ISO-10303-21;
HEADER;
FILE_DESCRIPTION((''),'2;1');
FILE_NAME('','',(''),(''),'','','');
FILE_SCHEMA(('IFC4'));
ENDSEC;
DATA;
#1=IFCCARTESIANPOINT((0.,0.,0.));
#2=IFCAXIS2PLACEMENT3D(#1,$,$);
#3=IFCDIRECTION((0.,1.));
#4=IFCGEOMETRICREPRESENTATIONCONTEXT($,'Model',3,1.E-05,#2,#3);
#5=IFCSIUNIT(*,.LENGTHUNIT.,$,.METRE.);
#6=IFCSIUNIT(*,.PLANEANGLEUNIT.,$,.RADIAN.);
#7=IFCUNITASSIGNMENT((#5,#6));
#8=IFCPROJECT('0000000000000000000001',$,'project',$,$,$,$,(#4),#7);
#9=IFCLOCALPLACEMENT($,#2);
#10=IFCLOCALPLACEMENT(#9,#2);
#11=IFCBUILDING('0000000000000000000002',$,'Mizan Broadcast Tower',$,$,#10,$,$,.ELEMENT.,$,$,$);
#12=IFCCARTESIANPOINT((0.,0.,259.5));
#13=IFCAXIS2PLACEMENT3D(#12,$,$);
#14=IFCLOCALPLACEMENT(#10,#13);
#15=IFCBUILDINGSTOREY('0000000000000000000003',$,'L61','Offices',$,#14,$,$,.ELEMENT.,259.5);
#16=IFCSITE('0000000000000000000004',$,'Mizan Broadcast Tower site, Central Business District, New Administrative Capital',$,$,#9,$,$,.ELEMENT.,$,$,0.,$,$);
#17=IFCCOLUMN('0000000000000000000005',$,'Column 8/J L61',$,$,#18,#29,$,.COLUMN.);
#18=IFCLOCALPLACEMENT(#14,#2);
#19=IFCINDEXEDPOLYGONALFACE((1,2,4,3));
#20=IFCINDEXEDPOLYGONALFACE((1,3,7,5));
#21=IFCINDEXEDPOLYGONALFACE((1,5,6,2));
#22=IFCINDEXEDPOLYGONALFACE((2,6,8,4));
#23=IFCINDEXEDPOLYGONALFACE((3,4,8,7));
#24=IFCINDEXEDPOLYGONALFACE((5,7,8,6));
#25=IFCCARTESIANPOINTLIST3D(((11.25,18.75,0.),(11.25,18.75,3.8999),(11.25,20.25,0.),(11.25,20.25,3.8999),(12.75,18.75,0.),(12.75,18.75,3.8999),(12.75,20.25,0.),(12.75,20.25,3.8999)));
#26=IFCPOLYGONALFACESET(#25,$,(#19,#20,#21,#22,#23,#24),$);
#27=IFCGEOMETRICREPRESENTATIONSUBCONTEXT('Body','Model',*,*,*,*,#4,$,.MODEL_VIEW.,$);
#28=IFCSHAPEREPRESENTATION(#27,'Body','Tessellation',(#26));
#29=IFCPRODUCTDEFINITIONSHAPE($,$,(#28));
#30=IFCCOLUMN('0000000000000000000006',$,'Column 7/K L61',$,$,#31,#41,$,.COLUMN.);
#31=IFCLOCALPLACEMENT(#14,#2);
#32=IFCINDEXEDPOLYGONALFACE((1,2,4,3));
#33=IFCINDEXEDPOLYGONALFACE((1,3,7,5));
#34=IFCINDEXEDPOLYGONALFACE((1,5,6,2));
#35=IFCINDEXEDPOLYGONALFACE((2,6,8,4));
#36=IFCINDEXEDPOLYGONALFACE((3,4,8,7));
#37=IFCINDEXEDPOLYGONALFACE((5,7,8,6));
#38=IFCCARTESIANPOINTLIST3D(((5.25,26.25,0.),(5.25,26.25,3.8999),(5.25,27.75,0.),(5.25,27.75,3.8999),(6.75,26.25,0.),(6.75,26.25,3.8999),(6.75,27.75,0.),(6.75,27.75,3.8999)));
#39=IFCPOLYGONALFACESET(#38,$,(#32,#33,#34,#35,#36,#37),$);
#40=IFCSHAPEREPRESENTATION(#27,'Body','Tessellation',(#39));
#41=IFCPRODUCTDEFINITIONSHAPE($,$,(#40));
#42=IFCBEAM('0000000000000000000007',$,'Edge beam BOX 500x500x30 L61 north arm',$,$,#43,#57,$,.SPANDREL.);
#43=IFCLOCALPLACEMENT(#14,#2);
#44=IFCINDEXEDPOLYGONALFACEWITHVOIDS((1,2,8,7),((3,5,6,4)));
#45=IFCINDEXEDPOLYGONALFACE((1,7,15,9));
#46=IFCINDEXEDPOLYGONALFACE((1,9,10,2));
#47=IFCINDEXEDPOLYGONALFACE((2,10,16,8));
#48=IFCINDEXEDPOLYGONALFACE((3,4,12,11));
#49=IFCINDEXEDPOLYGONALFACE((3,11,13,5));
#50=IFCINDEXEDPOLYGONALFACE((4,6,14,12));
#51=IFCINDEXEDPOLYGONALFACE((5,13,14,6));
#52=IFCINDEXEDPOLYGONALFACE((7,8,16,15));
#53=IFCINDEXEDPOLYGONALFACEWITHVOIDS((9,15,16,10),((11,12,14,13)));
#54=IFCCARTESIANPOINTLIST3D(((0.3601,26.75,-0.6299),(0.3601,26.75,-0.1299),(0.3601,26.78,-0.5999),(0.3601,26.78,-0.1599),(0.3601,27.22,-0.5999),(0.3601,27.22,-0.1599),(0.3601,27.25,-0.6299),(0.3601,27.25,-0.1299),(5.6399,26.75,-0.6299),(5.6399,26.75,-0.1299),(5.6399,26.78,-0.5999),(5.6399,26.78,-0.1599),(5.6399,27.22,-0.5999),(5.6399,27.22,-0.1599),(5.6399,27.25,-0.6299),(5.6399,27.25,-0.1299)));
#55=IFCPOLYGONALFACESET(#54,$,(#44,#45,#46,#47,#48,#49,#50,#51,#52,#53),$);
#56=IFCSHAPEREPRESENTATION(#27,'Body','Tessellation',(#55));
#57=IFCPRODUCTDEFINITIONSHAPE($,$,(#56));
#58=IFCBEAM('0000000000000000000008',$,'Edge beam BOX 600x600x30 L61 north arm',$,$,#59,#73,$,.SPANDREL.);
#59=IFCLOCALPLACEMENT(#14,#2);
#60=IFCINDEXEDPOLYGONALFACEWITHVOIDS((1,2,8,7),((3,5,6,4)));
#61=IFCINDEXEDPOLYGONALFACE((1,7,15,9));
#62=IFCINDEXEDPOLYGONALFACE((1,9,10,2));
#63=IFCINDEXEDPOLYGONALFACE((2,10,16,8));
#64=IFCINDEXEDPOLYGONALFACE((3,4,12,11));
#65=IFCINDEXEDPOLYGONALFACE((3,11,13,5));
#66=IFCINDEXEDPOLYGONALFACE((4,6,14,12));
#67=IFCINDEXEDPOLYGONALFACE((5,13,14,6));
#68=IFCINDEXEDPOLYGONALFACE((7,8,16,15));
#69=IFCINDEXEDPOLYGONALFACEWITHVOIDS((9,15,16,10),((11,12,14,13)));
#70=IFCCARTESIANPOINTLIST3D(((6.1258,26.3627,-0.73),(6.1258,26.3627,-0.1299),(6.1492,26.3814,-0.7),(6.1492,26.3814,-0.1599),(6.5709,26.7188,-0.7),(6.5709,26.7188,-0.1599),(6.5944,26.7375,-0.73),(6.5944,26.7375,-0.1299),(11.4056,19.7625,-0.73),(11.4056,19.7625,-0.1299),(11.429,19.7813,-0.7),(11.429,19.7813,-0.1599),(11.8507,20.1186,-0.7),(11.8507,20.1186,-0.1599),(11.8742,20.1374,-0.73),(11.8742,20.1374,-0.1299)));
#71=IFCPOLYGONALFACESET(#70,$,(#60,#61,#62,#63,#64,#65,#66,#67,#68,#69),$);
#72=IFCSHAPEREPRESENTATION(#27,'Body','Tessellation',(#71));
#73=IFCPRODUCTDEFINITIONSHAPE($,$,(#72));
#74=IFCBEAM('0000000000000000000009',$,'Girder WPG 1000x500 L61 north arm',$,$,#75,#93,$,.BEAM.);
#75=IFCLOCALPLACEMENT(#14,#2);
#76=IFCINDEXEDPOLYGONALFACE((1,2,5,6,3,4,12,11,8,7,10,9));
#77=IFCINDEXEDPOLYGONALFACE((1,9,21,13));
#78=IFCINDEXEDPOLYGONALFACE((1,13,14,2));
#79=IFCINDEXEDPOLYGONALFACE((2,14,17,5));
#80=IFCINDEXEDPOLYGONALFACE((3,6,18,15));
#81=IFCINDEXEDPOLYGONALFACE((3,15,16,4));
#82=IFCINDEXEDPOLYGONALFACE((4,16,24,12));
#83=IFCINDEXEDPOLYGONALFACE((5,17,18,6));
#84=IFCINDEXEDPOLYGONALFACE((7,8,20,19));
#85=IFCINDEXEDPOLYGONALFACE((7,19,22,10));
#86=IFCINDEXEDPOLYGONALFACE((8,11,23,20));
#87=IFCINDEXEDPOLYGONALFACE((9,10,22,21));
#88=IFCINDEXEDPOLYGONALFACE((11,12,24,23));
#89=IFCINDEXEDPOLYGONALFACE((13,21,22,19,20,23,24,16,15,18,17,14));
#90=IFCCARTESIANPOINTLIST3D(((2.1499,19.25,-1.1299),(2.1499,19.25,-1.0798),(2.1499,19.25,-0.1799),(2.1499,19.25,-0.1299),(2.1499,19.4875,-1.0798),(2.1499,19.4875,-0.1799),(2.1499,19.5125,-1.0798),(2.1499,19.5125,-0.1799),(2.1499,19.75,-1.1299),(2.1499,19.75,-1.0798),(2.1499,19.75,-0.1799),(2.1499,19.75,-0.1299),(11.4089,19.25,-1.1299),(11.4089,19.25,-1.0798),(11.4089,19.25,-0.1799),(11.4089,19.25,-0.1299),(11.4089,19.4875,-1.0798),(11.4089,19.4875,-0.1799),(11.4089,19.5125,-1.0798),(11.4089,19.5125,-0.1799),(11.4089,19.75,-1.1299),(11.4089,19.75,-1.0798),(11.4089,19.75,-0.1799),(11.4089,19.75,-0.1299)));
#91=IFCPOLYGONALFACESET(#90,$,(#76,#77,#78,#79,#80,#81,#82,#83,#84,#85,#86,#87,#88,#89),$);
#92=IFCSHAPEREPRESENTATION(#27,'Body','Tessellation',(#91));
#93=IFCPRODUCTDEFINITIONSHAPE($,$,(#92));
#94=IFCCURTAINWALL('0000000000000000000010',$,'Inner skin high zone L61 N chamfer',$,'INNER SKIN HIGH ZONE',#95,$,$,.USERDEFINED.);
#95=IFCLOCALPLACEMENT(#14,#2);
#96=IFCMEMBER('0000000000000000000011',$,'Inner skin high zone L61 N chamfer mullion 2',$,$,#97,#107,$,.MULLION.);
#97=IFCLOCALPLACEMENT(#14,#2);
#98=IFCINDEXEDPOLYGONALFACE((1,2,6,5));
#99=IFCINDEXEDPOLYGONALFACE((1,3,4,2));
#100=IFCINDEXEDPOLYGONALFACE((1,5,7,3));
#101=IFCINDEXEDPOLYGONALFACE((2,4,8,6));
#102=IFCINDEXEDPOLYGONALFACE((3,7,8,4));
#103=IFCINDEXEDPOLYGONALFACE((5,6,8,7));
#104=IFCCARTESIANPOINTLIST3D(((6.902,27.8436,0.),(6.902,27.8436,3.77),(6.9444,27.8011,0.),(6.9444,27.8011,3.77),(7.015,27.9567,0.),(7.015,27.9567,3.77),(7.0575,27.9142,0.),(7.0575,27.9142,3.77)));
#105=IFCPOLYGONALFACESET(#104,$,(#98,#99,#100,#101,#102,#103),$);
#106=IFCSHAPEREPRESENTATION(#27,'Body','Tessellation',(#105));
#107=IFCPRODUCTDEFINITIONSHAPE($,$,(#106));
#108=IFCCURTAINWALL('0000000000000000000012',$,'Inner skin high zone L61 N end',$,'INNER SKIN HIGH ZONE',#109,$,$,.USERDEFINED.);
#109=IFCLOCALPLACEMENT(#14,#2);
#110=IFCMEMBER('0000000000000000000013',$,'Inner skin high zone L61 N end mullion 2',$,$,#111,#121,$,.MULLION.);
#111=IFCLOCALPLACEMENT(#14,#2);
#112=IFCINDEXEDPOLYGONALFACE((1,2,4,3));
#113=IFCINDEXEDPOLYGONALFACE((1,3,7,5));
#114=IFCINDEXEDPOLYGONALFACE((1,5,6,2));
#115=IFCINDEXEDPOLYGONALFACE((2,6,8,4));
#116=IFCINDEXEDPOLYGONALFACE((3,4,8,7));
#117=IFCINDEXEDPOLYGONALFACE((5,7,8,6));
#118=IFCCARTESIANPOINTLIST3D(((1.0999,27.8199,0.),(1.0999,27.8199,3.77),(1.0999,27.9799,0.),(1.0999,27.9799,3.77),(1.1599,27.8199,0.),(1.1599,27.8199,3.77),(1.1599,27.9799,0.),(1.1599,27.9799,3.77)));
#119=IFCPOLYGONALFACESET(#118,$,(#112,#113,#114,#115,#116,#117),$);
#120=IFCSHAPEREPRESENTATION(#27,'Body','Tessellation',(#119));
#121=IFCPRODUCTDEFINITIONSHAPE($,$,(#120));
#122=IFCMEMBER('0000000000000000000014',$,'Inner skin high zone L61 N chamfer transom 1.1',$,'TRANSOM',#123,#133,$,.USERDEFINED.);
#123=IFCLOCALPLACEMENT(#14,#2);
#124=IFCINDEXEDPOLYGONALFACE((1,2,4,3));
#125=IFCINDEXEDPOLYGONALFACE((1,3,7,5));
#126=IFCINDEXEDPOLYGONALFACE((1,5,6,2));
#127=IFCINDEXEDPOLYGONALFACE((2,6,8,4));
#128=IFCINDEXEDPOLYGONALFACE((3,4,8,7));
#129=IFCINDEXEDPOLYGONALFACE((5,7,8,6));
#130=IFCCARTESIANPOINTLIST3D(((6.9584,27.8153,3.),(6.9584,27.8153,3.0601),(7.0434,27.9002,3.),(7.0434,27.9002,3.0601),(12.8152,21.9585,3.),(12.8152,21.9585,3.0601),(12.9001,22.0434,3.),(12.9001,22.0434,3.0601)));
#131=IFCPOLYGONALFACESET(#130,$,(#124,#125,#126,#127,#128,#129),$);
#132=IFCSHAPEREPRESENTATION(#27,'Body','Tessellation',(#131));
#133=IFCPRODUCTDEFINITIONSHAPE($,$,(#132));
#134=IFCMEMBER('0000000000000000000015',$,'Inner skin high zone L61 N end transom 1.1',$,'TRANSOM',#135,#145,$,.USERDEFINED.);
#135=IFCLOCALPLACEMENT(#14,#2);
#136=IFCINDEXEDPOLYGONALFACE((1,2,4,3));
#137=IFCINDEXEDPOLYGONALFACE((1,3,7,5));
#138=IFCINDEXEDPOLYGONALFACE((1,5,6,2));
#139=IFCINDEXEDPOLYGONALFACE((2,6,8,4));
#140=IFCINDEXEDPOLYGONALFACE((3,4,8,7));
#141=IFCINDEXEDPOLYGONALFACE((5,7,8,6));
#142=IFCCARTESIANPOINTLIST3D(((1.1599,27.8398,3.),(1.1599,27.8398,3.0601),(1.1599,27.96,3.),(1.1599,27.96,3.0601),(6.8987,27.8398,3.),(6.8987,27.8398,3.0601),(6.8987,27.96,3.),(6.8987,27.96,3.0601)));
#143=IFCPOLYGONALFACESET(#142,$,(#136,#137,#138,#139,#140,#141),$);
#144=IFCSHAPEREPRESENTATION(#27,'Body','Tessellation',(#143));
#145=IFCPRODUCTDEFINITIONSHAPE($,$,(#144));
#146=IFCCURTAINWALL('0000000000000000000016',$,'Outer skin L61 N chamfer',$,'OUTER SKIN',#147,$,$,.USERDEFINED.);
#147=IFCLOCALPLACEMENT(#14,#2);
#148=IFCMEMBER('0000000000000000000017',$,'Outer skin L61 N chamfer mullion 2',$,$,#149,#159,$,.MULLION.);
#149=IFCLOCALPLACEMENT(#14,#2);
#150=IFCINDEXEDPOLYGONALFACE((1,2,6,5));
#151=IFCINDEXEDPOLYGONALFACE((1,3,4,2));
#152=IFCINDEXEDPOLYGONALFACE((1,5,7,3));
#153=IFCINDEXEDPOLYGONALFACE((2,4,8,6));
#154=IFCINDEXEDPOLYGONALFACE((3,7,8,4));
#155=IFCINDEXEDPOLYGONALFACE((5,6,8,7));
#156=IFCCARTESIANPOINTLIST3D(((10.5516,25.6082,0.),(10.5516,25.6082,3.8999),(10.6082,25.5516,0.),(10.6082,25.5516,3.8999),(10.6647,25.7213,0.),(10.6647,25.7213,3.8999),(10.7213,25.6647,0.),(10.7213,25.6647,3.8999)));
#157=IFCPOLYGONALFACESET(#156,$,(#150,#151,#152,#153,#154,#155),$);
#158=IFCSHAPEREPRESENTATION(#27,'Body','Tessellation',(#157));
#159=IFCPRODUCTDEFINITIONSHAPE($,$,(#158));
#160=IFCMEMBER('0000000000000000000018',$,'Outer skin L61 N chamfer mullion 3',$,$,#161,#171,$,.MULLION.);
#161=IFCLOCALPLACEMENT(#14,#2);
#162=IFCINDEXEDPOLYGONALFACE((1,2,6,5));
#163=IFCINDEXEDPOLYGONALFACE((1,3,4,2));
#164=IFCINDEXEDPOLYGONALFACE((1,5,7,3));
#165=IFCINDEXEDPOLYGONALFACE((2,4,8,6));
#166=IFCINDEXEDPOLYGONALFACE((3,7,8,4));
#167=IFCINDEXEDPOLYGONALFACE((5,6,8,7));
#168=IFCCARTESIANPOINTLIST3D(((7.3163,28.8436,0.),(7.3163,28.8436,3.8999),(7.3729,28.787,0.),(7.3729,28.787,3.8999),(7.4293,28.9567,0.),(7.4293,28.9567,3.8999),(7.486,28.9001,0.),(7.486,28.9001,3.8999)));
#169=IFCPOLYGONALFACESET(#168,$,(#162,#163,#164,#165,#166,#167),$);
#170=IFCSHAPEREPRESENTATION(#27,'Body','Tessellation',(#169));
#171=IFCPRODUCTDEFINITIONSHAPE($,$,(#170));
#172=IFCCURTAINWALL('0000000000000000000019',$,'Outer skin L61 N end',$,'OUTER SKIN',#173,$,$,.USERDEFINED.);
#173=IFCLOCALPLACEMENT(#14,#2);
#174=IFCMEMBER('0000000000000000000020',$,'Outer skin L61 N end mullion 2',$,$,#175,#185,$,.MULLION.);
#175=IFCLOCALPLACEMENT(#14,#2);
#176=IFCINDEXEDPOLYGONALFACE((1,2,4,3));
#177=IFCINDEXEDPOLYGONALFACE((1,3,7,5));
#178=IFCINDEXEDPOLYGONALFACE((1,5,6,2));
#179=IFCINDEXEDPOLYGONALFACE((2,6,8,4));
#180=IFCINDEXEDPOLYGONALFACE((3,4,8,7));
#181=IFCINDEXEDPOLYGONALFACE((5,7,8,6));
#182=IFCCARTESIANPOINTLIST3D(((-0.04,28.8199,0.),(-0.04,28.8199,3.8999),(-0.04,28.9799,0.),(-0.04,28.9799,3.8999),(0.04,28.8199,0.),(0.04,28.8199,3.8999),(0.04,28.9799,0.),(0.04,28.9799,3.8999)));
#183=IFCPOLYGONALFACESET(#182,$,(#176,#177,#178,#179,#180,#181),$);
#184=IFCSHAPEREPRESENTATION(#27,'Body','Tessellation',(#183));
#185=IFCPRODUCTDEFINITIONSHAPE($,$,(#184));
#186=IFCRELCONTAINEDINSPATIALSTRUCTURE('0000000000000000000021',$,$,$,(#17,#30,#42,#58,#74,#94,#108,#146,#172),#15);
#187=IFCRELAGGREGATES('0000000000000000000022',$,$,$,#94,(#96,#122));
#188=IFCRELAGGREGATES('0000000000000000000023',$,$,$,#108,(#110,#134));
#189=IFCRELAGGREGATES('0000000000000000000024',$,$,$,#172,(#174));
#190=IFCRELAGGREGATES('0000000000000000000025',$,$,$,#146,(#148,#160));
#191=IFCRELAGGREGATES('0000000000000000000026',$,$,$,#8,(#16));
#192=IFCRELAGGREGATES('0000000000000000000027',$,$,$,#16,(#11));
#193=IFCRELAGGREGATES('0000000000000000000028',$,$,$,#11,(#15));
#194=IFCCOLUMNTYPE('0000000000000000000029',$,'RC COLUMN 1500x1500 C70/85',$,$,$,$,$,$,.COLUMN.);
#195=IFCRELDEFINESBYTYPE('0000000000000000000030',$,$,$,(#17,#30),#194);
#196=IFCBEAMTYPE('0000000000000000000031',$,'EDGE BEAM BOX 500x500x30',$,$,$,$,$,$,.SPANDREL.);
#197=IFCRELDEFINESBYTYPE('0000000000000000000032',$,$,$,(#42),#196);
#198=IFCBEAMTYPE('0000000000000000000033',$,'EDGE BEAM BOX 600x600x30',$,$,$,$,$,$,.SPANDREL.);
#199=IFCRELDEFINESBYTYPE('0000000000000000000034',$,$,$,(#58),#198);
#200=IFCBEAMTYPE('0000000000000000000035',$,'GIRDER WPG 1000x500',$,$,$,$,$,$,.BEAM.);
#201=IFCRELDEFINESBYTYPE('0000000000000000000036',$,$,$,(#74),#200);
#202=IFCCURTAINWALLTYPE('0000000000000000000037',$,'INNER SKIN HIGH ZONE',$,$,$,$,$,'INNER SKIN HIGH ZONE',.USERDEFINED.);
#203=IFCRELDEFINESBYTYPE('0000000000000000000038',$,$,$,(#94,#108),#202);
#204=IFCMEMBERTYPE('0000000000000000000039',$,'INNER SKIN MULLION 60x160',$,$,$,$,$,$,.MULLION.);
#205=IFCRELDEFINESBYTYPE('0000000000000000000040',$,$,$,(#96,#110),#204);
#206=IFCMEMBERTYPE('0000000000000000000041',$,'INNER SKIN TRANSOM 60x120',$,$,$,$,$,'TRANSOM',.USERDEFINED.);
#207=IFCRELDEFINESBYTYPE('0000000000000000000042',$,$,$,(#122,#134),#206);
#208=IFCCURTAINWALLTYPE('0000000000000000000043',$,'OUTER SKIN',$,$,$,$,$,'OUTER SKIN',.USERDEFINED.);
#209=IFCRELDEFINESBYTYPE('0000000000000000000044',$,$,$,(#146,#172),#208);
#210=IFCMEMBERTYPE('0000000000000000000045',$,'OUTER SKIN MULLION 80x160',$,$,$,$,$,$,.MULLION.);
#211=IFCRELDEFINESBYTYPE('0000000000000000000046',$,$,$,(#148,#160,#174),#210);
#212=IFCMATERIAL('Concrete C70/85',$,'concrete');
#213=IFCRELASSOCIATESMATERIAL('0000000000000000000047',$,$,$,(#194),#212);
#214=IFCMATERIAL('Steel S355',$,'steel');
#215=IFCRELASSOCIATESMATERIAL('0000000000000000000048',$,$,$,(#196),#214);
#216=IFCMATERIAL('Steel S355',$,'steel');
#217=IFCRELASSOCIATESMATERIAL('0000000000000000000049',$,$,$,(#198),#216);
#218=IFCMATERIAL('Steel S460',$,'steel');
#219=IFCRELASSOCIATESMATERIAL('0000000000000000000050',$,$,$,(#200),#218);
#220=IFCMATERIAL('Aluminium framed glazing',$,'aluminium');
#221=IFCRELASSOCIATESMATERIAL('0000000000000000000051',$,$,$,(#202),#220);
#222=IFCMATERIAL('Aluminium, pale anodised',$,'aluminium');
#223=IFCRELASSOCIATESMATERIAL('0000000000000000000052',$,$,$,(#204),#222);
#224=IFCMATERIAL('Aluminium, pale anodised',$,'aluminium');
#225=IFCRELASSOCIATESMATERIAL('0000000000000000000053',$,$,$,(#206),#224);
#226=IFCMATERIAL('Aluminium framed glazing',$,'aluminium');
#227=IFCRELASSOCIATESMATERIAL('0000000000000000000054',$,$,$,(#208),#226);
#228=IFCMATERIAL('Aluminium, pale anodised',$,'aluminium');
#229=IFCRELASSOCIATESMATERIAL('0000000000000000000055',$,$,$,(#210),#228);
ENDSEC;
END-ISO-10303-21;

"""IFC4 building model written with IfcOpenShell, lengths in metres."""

from ifc_helpers import new_model, si_unit, direction, frame, origin, origin_2d, place, context, subcontext, project, spatial, rectangle, hollow_rectangle, i_section, extrude, material, material_profile, profile_set, type_object, element, aggregate, save


model = new_model("IFC4")

# Units and contexts
model_context = context("Model", 3, precision=1e-05, world=origin(), true_north=direction((0.0, 1.0)))
body_context = subcontext(model_context, "Body", "Model", "MODEL_VIEW")
ifc_project = project(units=[si_unit("LENGTHUNIT", "METRE"), si_unit("PLANEANGLEUNIT", "RADIAN")], contexts=[model_context])

# Site, building, storey
site_placement = place(None, origin())
site = spatial("IfcSite", under=ifc_project, at=site_placement, Name="Mizan Broadcast Tower site, Central Business District, New Administrative Capital", CompositionType="ELEMENT", RefElevation=0.0)
building_placement = place(site_placement, origin())
building = spatial("IfcBuilding", under=site, at=building_placement, Name="Mizan Broadcast Tower", CompositionType="ELEMENT")
storey_placement = place(building_placement, frame((0.0, 0.0, 259.5)))
storey = spatial("IfcBuildingStorey", under=building, at=storey_placement, Name="L61", Description="Offices", CompositionType="ELEMENT", Elevation=259.5)

# Columns
ifc_material_1 = material(Name="Concrete C70/85", Category="concrete")
ifc_material_profile_1 = material_profile(ifc_material_1, rectangle(XDim=1.5, YDim=1.5, at=origin_2d()), Name="RC 1500x1500")
ifc_profile_set_1 = profile_set([ifc_material_profile_1], Name="Concrete C70/85")
column_type = type_object("IfcColumnType", Name="RC COLUMN 1500x1500 C70/85", PredefinedType="COLUMN", material=ifc_profile_set_1)
for number, where, z_axis, x_axis, name in (
    (1, (12.0, 19.5, 0.0), (0.0, 0.0, 1.0), (1.0, 0.0, 0.0), "Column 8/J L61"),
    (2, (6.0, 27.0, 0.0), (0.0, 0.0, 1.0), (1.0, 0.0, 0.0), "Column 7/K L61"),
):
    element("IfcColumn", number, at=place(storey_placement, frame(where, z_axis=z_axis, x_axis=x_axis)), inside=storey, type_object=column_type, Name=name, PredefinedType="COLUMN", context=body_context, shape_type="SweptSolid", body=[
        extrude(rectangle(XDim=1.5, YDim=1.5, at=origin_2d()), origin(), (0.0, 0.0, 1.0), 3.8999),
    ])

# Beams
ifc_material_2 = material(Name="Steel S355", Category="steel")
ifc_material_profile_2 = material_profile(ifc_material_2, hollow_rectangle(XDim=0.5, YDim=0.5, WallThickness=0.03, at=origin_2d()), Name="BOX 500x500x30")
ifc_profile_set_2 = profile_set([ifc_material_profile_2], Name="Steel S355")
beam_type_1 = type_object("IfcBeamType", Name="EDGE BEAM BOX 500x500x30", PredefinedType="SPANDREL", material=ifc_profile_set_2)
beam_1_placement = place(storey_placement, frame((5.6399, 27.0, -0.3799), z_axis=(-1.0, 0.0, 0.0), x_axis=(0.0, -1.0, 0.0)))
element("IfcBeam", 3, at=beam_1_placement, inside=storey, type_object=beam_type_1, Name="Edge beam BOX 500x500x30 L61 north arm", PredefinedType="SPANDREL", context=body_context, shape_type="SweptSolid", body=[
    extrude(hollow_rectangle(XDim=0.5, YDim=0.5, WallThickness=0.03, at=origin_2d()), origin(), (0.0, 0.0, 1.0), 5.2798),
])
ifc_material_3 = material(Name="Steel S355", Category="steel")
ifc_material_profile_3 = material_profile(ifc_material_3, hollow_rectangle(XDim=0.6001, YDim=0.6001, WallThickness=0.03, at=origin_2d()), Name="BOX 600x600x30")
ifc_profile_set_3 = profile_set([ifc_material_profile_3], Name="Steel S355")
beam_type_2 = type_object("IfcBeamType", Name="EDGE BEAM BOX 600x600x30", PredefinedType="SPANDREL", material=ifc_profile_set_3)
beam_2_placement = place(storey_placement, frame((11.6399, 19.95, -0.4299), z_axis=(-0.624674, 0.780886, 0.0), x_axis=(-0.780886, -0.624674, 0.0)))
element("IfcBeam", 4, at=beam_2_placement, inside=storey, type_object=beam_type_2, Name="Edge beam BOX 600x600x30 L61 north arm", PredefinedType="SPANDREL", context=body_context, shape_type="SweptSolid", body=[
    extrude(hollow_rectangle(XDim=0.6001, YDim=0.6001, WallThickness=0.03, at=origin_2d()), origin(), (0.0, 0.0, 1.0), 8.4521),
])
ifc_material_4 = material(Name="Steel S460", Category="steel")
ifc_material_profile_4 = material_profile(ifc_material_4, i_section(OverallWidth=0.5, OverallDepth=1.0, WebThickness=0.0249, FlangeThickness=0.05, at=origin_2d()), Name="WPG 1000x500")
ifc_profile_set_4 = profile_set([ifc_material_profile_4], Name="Steel S460")
beam_type_3 = type_object("IfcBeamType", Name="GIRDER WPG 1000x500", PredefinedType="BEAM", material=ifc_profile_set_4)
beam_3_placement = place(storey_placement, frame((11.4089, 19.5, -0.6299), z_axis=(-1.0, 0.0, 0.0), x_axis=(0.0, -1.0, 0.0)))
element("IfcBeam", 5, at=beam_3_placement, inside=storey, type_object=beam_type_3, Name="Girder WPG 1000x500 L61 north arm", PredefinedType="BEAM", context=body_context, shape_type="SweptSolid", body=[
    extrude(i_section(OverallWidth=0.5, OverallDepth=1.0, WebThickness=0.0249, FlangeThickness=0.05, at=origin_2d()), origin(), (0.0, 0.0, 1.0), 9.259),
])

# Curtain walls, members
ifc_material_5 = material(Name="Aluminium framed glazing", Category="aluminium")
curtain_wall_type_1 = type_object("IfcCurtainWallType", Name="INNER SKIN HIGH ZONE", ElementType="INNER SKIN HIGH ZONE", PredefinedType="USERDEFINED", material=ifc_material_5)
curtain_wall_1_placement = place(storey_placement, origin())
curtain_wall_1 = element("IfcCurtainWall", 6, at=curtain_wall_1_placement, inside=storey, type_object=curtain_wall_type_1, Name="Inner skin high zone L61 N chamfer", ObjectType="INNER SKIN HIGH ZONE", PredefinedType="USERDEFINED")
ifc_material_6 = material(Name="Aluminium, pale anodised", Category="aluminium")
ifc_material_profile_5 = material_profile(ifc_material_6, rectangle(XDim=0.1599, YDim=0.0601, at=origin_2d()), Name="MULLION 160x60")
ifc_profile_set_5 = profile_set([ifc_material_profile_5], Name="Aluminium, pale anodised")
member_type_1 = type_object("IfcMemberType", Name="INNER SKIN MULLION 60x160", PredefinedType="MULLION", material=ifc_profile_set_5)
member_1_placement = place(storey_placement, frame((6.9797, 27.8789, 0.0), z_axis=(0.0, 0.0, 1.0), x_axis=(-0.707107, -0.707107, 0.0)))
member_1 = element("IfcMember", 7, at=member_1_placement, type_object=member_type_1, Name="Inner skin high zone L61 N chamfer mullion 2", PredefinedType="MULLION", context=body_context, shape_type="SweptSolid", body=[
    extrude(rectangle(XDim=0.1599, YDim=0.0601, at=origin_2d()), origin(), (0.0, 0.0, 1.0), 3.77),
])
curtain_wall_2_placement = place(storey_placement, origin())
curtain_wall_2 = element("IfcCurtainWall", 8, at=curtain_wall_2_placement, inside=storey, type_object=curtain_wall_type_1, Name="Inner skin high zone L61 N end", ObjectType="INNER SKIN HIGH ZONE", PredefinedType="USERDEFINED")
member_2_placement = place(storey_placement, frame((1.1299, 27.8999, 0.0), z_axis=(0.0, 0.0, 1.0), x_axis=(0.0, -1.0, 0.0)))
member_2 = element("IfcMember", 9, at=member_2_placement, type_object=member_type_1, Name="Inner skin high zone L61 N end mullion 2", PredefinedType="MULLION", context=body_context, shape_type="SweptSolid", body=[
    extrude(rectangle(XDim=0.1599, YDim=0.0601, at=origin_2d()), origin(), (0.0, 0.0, 1.0), 3.77),
])

# Members
ifc_material_7 = material(Name="Aluminium, pale anodised", Category="aluminium")
ifc_material_profile_6 = material_profile(ifc_material_7, rectangle(XDim=0.1201, YDim=0.0601, at=origin_2d()), Name="TRANSOM 120x60")
ifc_profile_set_6 = profile_set([ifc_material_profile_6], Name="Aluminium, pale anodised")
member_type_2 = type_object("IfcMemberType", Name="INNER SKIN TRANSOM 60x120", ElementType="TRANSOM", PredefinedType="USERDEFINED", material=ifc_profile_set_6)
member_3_placement = place(storey_placement, frame((12.8577, 22.001, 3.03), z_axis=(-0.707107, 0.707107, 0.0), x_axis=(-0.707107, -0.707107, 0.0)))
member_3 = element("IfcMember", 10, at=member_3_placement, type_object=member_type_2, Name="Inner skin high zone L61 N chamfer transom 1.1", ObjectType="TRANSOM", PredefinedType="USERDEFINED", context=body_context, shape_type="SweptSolid", body=[
    extrude(rectangle(XDim=0.1201, YDim=0.0601, at=origin_2d()), origin(), (0.0, 0.0, 1.0), 8.2827),
])
member_4_placement = place(storey_placement, frame((6.8987, 27.8999, 3.03), z_axis=(-1.0, 0.0, 0.0), x_axis=(0.0, -1.0, 0.0)))
member_4 = element("IfcMember", 11, at=member_4_placement, type_object=member_type_2, Name="Inner skin high zone L61 N end transom 1.1", ObjectType="TRANSOM", PredefinedType="USERDEFINED", context=body_context, shape_type="SweptSolid", body=[
    extrude(rectangle(XDim=0.1201, YDim=0.0601, at=origin_2d()), origin(), (0.0, 0.0, 1.0), 5.7388),
])

# Curtain wall, members
ifc_material_8 = material(Name="Aluminium framed glazing", Category="aluminium")
curtain_wall_type_2 = type_object("IfcCurtainWallType", Name="OUTER SKIN", ElementType="OUTER SKIN", PredefinedType="USERDEFINED", material=ifc_material_8)
curtain_wall_3_placement = place(storey_placement, origin())
curtain_wall_3 = element("IfcCurtainWall", 12, at=curtain_wall_3_placement, inside=storey, type_object=curtain_wall_type_2, Name="Outer skin L61 N chamfer", ObjectType="OUTER SKIN", PredefinedType="USERDEFINED")
ifc_material_9 = material(Name="Aluminium, pale anodised", Category="aluminium")
ifc_material_profile_7 = material_profile(ifc_material_9, rectangle(XDim=0.1599, YDim=0.0801, at=origin_2d()), Name="MULLION 160x80")
ifc_profile_set_7 = profile_set([ifc_material_profile_7], Name="Aluminium, pale anodised")
member_type_3 = type_object("IfcMemberType", Name="OUTER SKIN MULLION 80x160", PredefinedType="MULLION", material=ifc_profile_set_7)
member_5_placement = place(storey_placement, frame((10.6365, 25.6365, 0.0), z_axis=(0.0, 0.0, 1.0), x_axis=(-0.707107, -0.707107, 0.0)))
member_5 = element("IfcMember", 13, at=member_5_placement, type_object=member_type_3, Name="Outer skin L61 N chamfer mullion 2", PredefinedType="MULLION", context=body_context, shape_type="SweptSolid", body=[
    extrude(rectangle(XDim=0.1599, YDim=0.0801, at=origin_2d()), origin(), (0.0, 0.0, 1.0), 3.8999),
])
member_6_placement = place(storey_placement, frame((7.4011, 28.8718, 0.0), z_axis=(0.0, 0.0, 1.0), x_axis=(-0.707107, -0.707107, 0.0)))
member_6 = element("IfcMember", 14, at=member_6_placement, type_object=member_type_3, Name="Outer skin L61 N chamfer mullion 3", PredefinedType="MULLION", context=body_context, shape_type="SweptSolid", body=[
    extrude(rectangle(XDim=0.1599, YDim=0.0801, at=origin_2d()), origin(), (0.0, 0.0, 1.0), 3.8999),
])

# Curtain wall, member
curtain_wall_4_placement = place(storey_placement, origin())
curtain_wall_4 = element("IfcCurtainWall", 15, at=curtain_wall_4_placement, inside=storey, type_object=curtain_wall_type_2, Name="Outer skin L61 N end", ObjectType="OUTER SKIN", PredefinedType="USERDEFINED")
member_7_placement = place(storey_placement, frame((0.0, 28.8999, 0.0), z_axis=(0.0, 0.0, 1.0), x_axis=(0.0, -1.0, 0.0)))
member_7 = element("IfcMember", 16, at=member_7_placement, type_object=member_type_3, Name="Outer skin L61 N end mullion 2", PredefinedType="MULLION", context=body_context, shape_type="SweptSolid", body=[
    extrude(rectangle(XDim=0.1599, YDim=0.0801, at=origin_2d()), origin(), (0.0, 0.0, 1.0), 3.8999),
])

aggregate(curtain_wall_1, [member_1, member_3])
aggregate(curtain_wall_2, [member_2, member_4])
aggregate(curtain_wall_4, [member_7])
aggregate(curtain_wall_3, [member_5, member_6])

save(model, "model.ifc")
